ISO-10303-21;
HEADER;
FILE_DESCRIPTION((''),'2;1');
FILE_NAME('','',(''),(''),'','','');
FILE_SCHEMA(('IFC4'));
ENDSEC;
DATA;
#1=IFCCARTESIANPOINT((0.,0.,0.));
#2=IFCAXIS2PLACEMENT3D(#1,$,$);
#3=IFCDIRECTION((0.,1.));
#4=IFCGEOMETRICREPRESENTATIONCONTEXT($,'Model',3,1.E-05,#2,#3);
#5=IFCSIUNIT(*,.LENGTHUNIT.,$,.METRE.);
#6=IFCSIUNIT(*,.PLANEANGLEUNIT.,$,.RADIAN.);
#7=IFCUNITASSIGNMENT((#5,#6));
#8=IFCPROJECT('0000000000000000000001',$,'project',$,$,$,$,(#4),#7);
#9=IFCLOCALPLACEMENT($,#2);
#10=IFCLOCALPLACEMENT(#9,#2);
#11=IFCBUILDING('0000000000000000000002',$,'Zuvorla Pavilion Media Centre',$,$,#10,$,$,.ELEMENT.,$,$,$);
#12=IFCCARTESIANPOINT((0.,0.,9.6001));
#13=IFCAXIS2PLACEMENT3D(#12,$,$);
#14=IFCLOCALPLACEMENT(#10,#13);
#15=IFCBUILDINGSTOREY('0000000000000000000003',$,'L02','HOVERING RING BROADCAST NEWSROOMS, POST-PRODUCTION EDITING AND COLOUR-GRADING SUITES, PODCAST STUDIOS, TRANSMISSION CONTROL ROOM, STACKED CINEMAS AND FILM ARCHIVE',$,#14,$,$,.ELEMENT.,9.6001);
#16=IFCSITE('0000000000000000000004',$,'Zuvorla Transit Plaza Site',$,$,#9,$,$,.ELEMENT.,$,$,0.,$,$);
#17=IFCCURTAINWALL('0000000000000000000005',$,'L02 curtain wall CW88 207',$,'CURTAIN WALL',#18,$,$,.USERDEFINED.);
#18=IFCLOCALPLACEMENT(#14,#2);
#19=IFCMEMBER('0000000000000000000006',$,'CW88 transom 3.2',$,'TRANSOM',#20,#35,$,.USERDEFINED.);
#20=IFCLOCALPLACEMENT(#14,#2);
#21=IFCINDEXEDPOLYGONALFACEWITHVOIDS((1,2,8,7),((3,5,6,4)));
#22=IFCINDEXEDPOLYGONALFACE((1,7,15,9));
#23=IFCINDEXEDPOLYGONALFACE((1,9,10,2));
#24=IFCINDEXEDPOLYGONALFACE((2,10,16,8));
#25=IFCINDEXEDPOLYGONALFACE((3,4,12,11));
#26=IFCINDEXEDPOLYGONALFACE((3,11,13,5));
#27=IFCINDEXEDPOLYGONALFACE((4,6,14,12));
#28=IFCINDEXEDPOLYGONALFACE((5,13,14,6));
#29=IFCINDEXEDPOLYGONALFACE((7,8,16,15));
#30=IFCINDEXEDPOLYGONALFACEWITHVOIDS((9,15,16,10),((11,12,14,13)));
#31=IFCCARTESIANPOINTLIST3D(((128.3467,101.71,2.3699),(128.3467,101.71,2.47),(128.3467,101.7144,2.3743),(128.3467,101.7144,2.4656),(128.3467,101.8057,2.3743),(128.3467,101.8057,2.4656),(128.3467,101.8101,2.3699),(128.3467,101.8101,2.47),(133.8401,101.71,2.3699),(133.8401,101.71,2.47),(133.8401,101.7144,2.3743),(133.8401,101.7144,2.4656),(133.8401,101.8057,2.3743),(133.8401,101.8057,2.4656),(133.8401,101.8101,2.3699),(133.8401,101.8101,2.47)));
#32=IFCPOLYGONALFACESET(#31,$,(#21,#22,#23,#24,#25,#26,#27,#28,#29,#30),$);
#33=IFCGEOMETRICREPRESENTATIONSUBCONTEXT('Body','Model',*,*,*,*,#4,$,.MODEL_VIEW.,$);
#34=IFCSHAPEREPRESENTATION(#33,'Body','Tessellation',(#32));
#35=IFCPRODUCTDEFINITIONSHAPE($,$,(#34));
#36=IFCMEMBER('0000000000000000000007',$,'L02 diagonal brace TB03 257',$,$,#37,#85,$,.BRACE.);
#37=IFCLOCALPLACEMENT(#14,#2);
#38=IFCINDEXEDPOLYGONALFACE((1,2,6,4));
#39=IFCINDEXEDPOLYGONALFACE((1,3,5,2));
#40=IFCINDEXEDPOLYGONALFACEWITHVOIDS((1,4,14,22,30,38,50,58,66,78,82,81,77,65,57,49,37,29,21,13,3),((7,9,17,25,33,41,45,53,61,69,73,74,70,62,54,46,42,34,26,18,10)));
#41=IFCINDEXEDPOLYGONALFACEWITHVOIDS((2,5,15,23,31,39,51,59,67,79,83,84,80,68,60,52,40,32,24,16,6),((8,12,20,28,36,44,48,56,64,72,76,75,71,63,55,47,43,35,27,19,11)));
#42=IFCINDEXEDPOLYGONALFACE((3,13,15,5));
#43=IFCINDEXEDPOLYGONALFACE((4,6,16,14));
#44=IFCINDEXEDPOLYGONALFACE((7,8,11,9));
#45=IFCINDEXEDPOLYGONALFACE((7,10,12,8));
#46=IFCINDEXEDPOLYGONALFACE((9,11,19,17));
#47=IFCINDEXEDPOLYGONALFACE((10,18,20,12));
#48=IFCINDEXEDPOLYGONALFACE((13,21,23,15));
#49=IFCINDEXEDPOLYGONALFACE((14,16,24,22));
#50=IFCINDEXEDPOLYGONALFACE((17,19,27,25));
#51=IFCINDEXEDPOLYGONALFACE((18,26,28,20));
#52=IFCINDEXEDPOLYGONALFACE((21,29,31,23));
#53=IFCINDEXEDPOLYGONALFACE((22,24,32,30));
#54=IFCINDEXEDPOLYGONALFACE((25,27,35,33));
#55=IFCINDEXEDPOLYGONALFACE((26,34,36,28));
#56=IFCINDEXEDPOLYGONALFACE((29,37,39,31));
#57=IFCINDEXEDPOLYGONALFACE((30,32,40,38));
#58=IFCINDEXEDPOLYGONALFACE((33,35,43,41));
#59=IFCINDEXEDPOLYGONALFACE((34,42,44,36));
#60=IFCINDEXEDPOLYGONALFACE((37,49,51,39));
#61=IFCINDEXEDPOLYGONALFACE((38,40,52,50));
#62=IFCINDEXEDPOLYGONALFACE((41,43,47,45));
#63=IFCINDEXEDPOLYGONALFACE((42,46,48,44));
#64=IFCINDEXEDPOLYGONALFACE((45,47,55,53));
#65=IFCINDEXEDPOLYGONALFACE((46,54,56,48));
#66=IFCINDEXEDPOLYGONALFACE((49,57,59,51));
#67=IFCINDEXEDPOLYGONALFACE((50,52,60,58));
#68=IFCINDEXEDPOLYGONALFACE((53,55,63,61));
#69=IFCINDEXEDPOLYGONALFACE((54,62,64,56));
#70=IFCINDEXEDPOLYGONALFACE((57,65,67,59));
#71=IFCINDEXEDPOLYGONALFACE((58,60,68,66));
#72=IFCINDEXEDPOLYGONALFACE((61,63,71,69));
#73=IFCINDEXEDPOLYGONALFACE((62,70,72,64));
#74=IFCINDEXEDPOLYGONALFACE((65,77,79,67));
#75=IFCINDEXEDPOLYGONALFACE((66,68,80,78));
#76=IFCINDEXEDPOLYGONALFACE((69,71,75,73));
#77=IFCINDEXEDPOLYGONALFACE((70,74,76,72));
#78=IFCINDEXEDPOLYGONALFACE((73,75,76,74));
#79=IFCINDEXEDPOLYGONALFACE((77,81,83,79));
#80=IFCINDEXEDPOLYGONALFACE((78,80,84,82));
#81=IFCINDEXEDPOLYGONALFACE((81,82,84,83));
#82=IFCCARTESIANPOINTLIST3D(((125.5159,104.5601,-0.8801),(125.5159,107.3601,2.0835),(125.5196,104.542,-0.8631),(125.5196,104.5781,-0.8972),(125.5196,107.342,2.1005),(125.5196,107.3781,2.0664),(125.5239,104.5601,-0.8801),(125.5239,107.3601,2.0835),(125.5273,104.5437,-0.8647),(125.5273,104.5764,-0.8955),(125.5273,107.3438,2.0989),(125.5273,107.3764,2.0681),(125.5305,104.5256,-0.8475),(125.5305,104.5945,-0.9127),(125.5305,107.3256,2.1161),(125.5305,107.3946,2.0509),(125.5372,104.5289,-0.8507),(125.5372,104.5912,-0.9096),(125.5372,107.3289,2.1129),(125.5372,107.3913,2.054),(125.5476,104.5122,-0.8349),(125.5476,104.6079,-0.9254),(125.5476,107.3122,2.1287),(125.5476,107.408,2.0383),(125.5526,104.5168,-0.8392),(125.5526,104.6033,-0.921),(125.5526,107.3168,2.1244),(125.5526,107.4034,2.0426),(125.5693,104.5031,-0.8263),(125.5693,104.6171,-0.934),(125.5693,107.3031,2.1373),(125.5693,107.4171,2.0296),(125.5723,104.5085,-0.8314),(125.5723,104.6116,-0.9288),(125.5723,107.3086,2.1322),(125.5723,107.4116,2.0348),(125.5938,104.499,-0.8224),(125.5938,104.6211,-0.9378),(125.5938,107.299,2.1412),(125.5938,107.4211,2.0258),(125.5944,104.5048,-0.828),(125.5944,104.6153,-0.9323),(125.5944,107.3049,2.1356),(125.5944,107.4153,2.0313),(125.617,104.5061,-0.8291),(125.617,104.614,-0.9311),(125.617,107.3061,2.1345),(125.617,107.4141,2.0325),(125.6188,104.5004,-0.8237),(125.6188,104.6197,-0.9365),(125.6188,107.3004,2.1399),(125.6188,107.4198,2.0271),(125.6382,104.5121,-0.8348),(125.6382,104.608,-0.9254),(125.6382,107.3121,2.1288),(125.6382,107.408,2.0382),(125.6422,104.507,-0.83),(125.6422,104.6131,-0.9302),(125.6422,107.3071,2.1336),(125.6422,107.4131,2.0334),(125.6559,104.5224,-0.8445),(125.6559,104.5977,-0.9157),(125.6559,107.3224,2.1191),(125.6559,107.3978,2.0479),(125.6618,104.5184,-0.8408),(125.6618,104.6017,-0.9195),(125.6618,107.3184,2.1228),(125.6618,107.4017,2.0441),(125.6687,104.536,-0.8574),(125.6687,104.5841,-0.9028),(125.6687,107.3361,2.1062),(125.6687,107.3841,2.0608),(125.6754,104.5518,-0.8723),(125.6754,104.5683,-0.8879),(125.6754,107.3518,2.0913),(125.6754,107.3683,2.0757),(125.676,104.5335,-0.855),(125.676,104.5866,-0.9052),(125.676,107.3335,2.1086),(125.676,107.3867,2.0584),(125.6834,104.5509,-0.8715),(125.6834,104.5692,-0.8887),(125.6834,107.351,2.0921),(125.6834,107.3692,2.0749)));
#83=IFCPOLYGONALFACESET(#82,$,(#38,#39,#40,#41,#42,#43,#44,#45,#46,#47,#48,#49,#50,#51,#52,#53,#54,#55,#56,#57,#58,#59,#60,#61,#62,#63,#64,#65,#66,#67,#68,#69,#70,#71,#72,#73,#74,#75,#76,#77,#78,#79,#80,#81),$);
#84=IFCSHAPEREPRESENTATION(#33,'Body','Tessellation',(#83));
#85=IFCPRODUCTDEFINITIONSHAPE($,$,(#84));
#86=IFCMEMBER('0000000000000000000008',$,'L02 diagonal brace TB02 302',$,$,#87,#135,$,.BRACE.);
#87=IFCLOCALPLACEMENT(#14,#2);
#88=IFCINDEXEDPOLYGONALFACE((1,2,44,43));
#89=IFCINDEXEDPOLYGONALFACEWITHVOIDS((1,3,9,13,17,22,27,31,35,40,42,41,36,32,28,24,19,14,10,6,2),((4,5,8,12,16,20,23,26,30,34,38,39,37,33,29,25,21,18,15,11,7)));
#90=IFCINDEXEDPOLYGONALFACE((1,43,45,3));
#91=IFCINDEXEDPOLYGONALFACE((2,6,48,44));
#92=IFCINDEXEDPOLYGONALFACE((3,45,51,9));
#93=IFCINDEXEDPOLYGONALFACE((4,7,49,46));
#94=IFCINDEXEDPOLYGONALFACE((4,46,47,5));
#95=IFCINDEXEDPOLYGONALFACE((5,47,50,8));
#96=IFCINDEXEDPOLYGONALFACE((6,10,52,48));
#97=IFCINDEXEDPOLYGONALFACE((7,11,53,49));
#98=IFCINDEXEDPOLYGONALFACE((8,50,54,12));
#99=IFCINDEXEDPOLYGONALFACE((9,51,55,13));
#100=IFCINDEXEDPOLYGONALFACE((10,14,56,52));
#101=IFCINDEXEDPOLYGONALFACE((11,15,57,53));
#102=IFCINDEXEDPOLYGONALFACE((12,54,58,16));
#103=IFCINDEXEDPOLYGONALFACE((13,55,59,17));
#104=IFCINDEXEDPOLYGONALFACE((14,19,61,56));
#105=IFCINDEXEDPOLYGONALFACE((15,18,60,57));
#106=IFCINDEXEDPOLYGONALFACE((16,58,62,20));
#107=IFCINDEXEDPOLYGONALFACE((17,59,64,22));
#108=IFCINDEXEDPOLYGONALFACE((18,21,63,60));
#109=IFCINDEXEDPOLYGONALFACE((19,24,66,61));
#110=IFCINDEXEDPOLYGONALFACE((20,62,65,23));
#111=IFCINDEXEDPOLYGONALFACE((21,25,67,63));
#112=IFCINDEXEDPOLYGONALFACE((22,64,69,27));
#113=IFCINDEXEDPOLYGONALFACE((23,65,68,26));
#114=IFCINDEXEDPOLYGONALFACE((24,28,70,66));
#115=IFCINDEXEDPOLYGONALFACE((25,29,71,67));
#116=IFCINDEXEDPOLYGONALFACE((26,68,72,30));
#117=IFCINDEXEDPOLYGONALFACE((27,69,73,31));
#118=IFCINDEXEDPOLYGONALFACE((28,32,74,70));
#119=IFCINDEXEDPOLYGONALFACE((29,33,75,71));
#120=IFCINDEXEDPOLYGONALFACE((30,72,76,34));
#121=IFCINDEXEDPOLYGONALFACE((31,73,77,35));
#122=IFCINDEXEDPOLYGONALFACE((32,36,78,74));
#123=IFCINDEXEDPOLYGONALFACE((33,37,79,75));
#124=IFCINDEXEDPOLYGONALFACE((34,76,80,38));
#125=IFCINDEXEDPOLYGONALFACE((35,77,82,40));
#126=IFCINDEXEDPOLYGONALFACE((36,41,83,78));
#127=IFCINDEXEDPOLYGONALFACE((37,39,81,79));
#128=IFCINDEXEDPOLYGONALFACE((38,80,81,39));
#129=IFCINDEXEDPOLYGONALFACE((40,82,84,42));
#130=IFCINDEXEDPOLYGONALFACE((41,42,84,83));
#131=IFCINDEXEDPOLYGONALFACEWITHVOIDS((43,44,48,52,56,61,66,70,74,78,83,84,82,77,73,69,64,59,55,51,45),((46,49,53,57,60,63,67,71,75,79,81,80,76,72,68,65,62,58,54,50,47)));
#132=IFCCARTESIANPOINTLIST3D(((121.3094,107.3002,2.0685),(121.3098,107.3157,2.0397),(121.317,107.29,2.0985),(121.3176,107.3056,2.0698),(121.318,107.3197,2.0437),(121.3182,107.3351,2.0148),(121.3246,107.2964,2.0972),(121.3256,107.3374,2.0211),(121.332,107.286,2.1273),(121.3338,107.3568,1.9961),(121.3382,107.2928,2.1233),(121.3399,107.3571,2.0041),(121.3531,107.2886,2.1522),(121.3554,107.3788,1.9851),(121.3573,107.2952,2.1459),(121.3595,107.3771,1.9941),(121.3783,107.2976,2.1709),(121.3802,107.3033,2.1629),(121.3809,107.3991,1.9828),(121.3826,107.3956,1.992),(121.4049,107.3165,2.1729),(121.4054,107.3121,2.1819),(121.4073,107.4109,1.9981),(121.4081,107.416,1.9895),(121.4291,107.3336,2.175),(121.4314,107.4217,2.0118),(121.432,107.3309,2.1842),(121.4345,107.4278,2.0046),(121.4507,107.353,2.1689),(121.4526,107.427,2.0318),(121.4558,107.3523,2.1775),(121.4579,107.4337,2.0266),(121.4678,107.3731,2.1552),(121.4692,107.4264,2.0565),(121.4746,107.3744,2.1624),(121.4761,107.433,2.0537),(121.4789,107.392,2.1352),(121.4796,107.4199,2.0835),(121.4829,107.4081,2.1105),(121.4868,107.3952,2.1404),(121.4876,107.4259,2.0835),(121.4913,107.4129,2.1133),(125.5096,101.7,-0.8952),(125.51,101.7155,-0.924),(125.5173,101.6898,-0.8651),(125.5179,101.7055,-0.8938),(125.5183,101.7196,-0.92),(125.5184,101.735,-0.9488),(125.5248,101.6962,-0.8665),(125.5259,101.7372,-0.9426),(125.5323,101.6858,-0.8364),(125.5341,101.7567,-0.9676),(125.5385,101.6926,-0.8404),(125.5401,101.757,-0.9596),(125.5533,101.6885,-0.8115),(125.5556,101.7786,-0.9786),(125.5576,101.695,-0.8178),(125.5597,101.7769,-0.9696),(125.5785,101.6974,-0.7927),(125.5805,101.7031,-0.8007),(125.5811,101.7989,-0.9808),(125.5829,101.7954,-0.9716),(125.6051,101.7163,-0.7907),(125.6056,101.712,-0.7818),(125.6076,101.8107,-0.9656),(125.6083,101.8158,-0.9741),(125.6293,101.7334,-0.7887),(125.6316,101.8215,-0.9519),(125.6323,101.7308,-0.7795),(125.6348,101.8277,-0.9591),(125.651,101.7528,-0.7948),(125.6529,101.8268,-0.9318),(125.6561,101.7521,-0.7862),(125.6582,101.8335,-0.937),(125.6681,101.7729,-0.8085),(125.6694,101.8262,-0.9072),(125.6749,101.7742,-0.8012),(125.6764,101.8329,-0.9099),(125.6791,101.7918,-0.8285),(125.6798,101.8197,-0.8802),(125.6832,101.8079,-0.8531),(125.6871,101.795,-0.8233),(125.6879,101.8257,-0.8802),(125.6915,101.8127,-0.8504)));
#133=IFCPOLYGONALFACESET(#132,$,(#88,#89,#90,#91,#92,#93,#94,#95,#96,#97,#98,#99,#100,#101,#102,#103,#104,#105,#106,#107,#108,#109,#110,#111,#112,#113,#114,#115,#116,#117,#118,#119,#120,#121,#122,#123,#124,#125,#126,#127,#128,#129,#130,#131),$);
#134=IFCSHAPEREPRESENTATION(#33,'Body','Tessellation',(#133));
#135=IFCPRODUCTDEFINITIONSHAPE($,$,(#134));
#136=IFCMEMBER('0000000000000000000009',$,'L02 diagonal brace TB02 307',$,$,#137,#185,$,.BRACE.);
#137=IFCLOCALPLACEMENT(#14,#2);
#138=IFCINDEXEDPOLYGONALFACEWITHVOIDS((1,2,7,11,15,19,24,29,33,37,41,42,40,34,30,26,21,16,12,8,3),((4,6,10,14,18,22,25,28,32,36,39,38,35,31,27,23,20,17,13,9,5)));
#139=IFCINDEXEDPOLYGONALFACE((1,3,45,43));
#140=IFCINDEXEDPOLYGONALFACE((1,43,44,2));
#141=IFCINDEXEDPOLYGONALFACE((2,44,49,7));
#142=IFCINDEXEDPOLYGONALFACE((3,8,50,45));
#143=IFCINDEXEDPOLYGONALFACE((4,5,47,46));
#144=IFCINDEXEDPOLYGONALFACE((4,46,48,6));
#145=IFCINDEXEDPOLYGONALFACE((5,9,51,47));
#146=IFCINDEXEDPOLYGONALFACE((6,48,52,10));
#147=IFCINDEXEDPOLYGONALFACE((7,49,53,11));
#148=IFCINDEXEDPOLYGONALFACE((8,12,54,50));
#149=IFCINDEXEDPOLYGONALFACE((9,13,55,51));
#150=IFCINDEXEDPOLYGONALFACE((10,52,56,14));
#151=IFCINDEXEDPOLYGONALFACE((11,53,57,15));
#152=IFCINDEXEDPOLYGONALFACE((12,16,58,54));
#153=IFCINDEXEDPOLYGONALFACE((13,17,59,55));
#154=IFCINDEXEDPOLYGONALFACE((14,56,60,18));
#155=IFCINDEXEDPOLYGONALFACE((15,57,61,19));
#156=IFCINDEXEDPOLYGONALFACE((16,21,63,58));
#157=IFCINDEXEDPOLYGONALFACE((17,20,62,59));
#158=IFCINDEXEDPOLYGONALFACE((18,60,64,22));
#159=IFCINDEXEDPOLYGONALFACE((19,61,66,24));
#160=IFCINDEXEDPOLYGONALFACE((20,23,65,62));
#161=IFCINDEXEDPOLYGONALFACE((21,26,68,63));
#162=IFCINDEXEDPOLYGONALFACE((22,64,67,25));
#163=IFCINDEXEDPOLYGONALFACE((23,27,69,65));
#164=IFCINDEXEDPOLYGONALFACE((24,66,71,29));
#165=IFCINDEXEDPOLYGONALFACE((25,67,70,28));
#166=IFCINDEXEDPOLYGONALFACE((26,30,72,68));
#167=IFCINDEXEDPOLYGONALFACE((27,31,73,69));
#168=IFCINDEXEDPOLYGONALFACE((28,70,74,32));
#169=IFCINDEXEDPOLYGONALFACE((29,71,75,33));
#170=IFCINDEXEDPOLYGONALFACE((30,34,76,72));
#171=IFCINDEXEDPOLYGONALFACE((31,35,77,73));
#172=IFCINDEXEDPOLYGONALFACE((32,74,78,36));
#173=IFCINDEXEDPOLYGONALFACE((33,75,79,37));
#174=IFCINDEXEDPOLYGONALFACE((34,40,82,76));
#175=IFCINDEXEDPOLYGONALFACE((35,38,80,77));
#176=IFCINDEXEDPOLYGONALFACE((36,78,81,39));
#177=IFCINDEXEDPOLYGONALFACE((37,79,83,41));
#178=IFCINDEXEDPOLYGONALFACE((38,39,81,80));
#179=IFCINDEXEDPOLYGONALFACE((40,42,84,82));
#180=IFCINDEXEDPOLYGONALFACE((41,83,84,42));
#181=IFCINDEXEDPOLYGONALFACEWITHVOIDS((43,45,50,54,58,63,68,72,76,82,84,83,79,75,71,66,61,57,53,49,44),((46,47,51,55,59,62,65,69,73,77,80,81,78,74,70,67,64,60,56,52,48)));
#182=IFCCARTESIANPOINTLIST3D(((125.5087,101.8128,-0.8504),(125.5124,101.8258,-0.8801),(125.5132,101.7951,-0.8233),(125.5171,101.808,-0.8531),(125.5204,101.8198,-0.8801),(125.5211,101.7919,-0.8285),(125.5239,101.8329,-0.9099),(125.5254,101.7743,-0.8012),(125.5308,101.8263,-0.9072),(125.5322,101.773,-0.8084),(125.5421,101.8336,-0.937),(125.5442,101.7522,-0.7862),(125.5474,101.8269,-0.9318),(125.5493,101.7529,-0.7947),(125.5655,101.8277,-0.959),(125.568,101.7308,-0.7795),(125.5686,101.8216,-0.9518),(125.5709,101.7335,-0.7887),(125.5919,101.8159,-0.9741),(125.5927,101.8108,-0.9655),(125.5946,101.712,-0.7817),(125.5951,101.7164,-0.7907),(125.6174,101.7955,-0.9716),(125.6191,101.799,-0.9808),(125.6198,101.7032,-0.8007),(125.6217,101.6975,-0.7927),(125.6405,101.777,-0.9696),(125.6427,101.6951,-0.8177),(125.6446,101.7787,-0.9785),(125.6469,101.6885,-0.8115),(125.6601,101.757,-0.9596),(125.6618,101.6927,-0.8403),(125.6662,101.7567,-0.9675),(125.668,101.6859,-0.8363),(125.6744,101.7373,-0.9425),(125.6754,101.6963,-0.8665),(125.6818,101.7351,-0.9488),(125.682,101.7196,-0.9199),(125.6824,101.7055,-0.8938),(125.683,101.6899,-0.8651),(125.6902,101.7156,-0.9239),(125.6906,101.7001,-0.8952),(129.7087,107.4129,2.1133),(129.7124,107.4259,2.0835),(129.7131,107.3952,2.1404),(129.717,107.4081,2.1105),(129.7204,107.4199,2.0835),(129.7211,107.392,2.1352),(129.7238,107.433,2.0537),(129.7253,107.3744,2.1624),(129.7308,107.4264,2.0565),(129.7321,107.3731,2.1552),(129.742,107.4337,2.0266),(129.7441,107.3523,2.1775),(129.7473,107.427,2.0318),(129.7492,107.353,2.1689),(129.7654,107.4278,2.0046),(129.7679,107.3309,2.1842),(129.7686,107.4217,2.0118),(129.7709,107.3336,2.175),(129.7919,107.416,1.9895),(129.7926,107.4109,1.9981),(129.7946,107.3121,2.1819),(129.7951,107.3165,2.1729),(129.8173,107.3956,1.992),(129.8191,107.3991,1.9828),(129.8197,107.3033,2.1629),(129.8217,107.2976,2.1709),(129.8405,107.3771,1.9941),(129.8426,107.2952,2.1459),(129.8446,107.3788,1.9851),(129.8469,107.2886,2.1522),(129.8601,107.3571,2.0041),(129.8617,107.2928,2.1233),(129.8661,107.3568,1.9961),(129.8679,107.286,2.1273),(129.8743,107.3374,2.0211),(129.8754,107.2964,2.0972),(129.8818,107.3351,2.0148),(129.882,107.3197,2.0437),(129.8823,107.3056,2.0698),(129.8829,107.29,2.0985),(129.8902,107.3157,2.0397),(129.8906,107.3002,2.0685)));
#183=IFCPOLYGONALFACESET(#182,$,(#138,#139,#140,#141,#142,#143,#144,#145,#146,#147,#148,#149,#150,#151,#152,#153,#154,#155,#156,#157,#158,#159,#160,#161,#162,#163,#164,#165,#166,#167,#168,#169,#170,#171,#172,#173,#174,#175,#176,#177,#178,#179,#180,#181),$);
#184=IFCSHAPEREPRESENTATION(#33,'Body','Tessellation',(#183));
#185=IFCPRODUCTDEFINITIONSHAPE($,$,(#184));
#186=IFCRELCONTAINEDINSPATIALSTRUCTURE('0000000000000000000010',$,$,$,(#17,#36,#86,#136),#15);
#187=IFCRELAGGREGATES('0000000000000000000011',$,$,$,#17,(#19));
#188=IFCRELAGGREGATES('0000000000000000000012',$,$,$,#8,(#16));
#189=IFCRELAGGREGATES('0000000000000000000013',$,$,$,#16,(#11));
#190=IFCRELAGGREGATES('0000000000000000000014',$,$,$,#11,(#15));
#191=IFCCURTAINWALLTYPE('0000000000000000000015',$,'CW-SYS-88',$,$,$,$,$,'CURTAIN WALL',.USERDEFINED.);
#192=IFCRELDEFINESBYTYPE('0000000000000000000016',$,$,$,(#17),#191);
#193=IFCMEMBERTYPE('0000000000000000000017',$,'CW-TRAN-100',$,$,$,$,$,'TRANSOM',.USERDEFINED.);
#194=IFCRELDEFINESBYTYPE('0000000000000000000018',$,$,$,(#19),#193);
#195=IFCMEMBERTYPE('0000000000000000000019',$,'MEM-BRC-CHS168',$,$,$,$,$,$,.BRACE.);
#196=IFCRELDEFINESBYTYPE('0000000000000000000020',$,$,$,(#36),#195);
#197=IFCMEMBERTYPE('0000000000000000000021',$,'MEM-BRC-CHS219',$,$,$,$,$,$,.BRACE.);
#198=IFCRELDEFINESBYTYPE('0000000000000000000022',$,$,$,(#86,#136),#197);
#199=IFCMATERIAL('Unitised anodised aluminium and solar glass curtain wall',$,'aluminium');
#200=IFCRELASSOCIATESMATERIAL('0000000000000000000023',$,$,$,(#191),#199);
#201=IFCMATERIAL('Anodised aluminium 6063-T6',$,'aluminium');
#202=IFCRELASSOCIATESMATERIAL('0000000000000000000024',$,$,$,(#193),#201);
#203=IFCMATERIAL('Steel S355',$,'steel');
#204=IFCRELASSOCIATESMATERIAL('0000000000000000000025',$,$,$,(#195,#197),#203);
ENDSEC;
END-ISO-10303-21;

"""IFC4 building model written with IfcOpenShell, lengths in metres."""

from ifc_helpers import new_model, si_unit, direction, frame, origin, origin_2d, place, context, subcontext, project, spatial, hollow_rectangle, hollow_circle, extrude, material, material_profile, profile_set, type_object, element, aggregate, save


model = new_model("IFC4")

# Units and contexts
model_context = context("Model", 3, precision=1e-05, world=origin(), true_north=direction((0.0, 1.0)))
body_context = subcontext(model_context, "Body", "Model", "MODEL_VIEW")
ifc_project = project(units=[si_unit("LENGTHUNIT", "METRE"), si_unit("PLANEANGLEUNIT", "RADIAN")], contexts=[model_context])

# Site, building, storey
site_placement = place(None, origin())
site = spatial("IfcSite", under=ifc_project, at=site_placement, Name="Zuvorla Transit Plaza Site", CompositionType="ELEMENT", RefElevation=0.0)
building_placement = place(site_placement, origin())
building = spatial("IfcBuilding", under=site, at=building_placement, Name="Zuvorla Pavilion Media Centre", CompositionType="ELEMENT")
storey_placement = place(building_placement, frame((0.0, 0.0, 9.6001)))
storey = spatial("IfcBuildingStorey", under=building, at=storey_placement, Name="L02", Description="HOVERING RING BROADCAST NEWSROOMS, POST-PRODUCTION EDITING AND COLOUR-GRADING SUITES, PODCAST STUDIOS, TRANSMISSION CONTROL ROOM, STACKED CINEMAS AND FILM ARCHIVE", CompositionType="ELEMENT", Elevation=9.6001)

# Shared definitions
ifc_material_1 = material(Name="Steel S355", Category="steel")

# Curtain wall, member
ifc_material_2 = material(Name="Unitised anodised aluminium and solar glass curtain wall", Category="aluminium")
curtain_wall_type = type_object("IfcCurtainWallType", Name="CW-SYS-88", ElementType="CURTAIN WALL", PredefinedType="USERDEFINED", material=ifc_material_2)
curtain_wall_placement = place(storey_placement, origin())
curtain_wall = element("IfcCurtainWall", 1, at=curtain_wall_placement, inside=storey, type_object=curtain_wall_type, Name="L02 curtain wall CW88 207", ObjectType="CURTAIN WALL", PredefinedType="USERDEFINED")
ifc_material_3 = material(Name="Anodised aluminium 6063-T6", Category="aluminium")
ifc_material_profile_1 = material_profile(ifc_material_3, hollow_rectangle(XDim=0.1001, YDim=0.1001, WallThickness=0.0044, at=origin_2d()), Name="ALU TRAN 100x100")
ifc_profile_set_1 = profile_set([ifc_material_profile_1], Name="Anodised aluminium 6063-T6")
member_type_1 = type_object("IfcMemberType", Name="CW-TRAN-100", ElementType="TRANSOM", PredefinedType="USERDEFINED", material=ifc_profile_set_1)
member_1_placement = place(storey_placement, frame((128.3467, 101.76, 2.4199), z_axis=(1.0, 0.0, 0.0), x_axis=(0.0, 1.0, 0.0)))
member_1 = element("IfcMember", 2, at=member_1_placement, type_object=member_type_1, Name="CW88 transom 3.2", ObjectType="TRANSOM", PredefinedType="USERDEFINED", context=body_context, shape_type="SweptSolid", body=[
    extrude(hollow_rectangle(XDim=0.1001, YDim=0.1001, WallThickness=0.0044, at=origin_2d()), origin(), (0.0, 0.0, 1.0), 5.4934),
])

# Members
ifc_material_profile_2 = material_profile(ifc_material_1, hollow_circle(Radius=0.0842, WallThickness=0.0081, at=origin_2d()), Name="CHS 168.3x8")
ifc_profile_set_2 = profile_set([ifc_material_profile_2], Name="Steel S355")
member_type_2 = type_object("IfcMemberType", Name="MEM-BRC-CHS168", PredefinedType="BRACE", material=ifc_profile_set_2)
member_2_placement = place(storey_placement, frame((125.6001, 104.5601, -0.8801), z_axis=(0.0, 0.686762, 0.726882), x_axis=(-1.0, 0.0, 0.0)))
element("IfcMember", 3, at=member_2_placement, inside=storey, type_object=member_type_2, Name="L02 diagonal brace TB03 257", PredefinedType="BRACE", context=body_context, shape_type="SweptSolid", body=[
    extrude(hollow_circle(Radius=0.0842, WallThickness=0.0081, at=origin_2d()), origin(), (0.0, 0.0, 1.0), 4.0771),
])
ifc_material_profile_3 = material_profile(ifc_material_1, hollow_circle(Radius=0.1096, WallThickness=0.01, at=origin_2d()), Name="CHS 219.1x10")
ifc_profile_set_3 = profile_set([ifc_material_profile_3], Name="Steel S355")
member_type_3 = type_object("IfcMemberType", Name="MEM-BRC-CHS219", PredefinedType="BRACE", material=ifc_profile_set_3)
member_3_placement = place(storey_placement, frame((121.3999, 107.3601, 2.0835), z_axis=(0.552534, -0.73669, -0.389863), x_axis=(0.799992, 0.600011, 0.0)))
element("IfcMember", 4, at=member_3_placement, inside=storey, type_object=member_type_3, Name="L02 diagonal brace TB02 302", PredefinedType="BRACE", context=body_context, shape_type="SweptSolid", body=[
    extrude(hollow_circle(Radius=0.1096, WallThickness=0.01, at=origin_2d()), origin(), (0.0, 0.0, 1.0), 7.6018),
])
member_4_placement = place(storey_placement, frame((125.6001, 101.76, -0.8801), z_axis=(0.552512, 0.736704, 0.38987), x_axis=(-0.800008, 0.599989, 0.0)))
element("IfcMember", 5, at=member_4_placement, inside=storey, type_object=member_type_3, Name="L02 diagonal brace TB02 307", PredefinedType="BRACE", context=body_context, shape_type="SweptSolid", body=[
    extrude(hollow_circle(Radius=0.1096, WallThickness=0.01, at=origin_2d()), origin(), (0.0, 0.0, 1.0), 7.6016),
])

aggregate(curtain_wall, [member_1])

save(model, "model.ifc")
